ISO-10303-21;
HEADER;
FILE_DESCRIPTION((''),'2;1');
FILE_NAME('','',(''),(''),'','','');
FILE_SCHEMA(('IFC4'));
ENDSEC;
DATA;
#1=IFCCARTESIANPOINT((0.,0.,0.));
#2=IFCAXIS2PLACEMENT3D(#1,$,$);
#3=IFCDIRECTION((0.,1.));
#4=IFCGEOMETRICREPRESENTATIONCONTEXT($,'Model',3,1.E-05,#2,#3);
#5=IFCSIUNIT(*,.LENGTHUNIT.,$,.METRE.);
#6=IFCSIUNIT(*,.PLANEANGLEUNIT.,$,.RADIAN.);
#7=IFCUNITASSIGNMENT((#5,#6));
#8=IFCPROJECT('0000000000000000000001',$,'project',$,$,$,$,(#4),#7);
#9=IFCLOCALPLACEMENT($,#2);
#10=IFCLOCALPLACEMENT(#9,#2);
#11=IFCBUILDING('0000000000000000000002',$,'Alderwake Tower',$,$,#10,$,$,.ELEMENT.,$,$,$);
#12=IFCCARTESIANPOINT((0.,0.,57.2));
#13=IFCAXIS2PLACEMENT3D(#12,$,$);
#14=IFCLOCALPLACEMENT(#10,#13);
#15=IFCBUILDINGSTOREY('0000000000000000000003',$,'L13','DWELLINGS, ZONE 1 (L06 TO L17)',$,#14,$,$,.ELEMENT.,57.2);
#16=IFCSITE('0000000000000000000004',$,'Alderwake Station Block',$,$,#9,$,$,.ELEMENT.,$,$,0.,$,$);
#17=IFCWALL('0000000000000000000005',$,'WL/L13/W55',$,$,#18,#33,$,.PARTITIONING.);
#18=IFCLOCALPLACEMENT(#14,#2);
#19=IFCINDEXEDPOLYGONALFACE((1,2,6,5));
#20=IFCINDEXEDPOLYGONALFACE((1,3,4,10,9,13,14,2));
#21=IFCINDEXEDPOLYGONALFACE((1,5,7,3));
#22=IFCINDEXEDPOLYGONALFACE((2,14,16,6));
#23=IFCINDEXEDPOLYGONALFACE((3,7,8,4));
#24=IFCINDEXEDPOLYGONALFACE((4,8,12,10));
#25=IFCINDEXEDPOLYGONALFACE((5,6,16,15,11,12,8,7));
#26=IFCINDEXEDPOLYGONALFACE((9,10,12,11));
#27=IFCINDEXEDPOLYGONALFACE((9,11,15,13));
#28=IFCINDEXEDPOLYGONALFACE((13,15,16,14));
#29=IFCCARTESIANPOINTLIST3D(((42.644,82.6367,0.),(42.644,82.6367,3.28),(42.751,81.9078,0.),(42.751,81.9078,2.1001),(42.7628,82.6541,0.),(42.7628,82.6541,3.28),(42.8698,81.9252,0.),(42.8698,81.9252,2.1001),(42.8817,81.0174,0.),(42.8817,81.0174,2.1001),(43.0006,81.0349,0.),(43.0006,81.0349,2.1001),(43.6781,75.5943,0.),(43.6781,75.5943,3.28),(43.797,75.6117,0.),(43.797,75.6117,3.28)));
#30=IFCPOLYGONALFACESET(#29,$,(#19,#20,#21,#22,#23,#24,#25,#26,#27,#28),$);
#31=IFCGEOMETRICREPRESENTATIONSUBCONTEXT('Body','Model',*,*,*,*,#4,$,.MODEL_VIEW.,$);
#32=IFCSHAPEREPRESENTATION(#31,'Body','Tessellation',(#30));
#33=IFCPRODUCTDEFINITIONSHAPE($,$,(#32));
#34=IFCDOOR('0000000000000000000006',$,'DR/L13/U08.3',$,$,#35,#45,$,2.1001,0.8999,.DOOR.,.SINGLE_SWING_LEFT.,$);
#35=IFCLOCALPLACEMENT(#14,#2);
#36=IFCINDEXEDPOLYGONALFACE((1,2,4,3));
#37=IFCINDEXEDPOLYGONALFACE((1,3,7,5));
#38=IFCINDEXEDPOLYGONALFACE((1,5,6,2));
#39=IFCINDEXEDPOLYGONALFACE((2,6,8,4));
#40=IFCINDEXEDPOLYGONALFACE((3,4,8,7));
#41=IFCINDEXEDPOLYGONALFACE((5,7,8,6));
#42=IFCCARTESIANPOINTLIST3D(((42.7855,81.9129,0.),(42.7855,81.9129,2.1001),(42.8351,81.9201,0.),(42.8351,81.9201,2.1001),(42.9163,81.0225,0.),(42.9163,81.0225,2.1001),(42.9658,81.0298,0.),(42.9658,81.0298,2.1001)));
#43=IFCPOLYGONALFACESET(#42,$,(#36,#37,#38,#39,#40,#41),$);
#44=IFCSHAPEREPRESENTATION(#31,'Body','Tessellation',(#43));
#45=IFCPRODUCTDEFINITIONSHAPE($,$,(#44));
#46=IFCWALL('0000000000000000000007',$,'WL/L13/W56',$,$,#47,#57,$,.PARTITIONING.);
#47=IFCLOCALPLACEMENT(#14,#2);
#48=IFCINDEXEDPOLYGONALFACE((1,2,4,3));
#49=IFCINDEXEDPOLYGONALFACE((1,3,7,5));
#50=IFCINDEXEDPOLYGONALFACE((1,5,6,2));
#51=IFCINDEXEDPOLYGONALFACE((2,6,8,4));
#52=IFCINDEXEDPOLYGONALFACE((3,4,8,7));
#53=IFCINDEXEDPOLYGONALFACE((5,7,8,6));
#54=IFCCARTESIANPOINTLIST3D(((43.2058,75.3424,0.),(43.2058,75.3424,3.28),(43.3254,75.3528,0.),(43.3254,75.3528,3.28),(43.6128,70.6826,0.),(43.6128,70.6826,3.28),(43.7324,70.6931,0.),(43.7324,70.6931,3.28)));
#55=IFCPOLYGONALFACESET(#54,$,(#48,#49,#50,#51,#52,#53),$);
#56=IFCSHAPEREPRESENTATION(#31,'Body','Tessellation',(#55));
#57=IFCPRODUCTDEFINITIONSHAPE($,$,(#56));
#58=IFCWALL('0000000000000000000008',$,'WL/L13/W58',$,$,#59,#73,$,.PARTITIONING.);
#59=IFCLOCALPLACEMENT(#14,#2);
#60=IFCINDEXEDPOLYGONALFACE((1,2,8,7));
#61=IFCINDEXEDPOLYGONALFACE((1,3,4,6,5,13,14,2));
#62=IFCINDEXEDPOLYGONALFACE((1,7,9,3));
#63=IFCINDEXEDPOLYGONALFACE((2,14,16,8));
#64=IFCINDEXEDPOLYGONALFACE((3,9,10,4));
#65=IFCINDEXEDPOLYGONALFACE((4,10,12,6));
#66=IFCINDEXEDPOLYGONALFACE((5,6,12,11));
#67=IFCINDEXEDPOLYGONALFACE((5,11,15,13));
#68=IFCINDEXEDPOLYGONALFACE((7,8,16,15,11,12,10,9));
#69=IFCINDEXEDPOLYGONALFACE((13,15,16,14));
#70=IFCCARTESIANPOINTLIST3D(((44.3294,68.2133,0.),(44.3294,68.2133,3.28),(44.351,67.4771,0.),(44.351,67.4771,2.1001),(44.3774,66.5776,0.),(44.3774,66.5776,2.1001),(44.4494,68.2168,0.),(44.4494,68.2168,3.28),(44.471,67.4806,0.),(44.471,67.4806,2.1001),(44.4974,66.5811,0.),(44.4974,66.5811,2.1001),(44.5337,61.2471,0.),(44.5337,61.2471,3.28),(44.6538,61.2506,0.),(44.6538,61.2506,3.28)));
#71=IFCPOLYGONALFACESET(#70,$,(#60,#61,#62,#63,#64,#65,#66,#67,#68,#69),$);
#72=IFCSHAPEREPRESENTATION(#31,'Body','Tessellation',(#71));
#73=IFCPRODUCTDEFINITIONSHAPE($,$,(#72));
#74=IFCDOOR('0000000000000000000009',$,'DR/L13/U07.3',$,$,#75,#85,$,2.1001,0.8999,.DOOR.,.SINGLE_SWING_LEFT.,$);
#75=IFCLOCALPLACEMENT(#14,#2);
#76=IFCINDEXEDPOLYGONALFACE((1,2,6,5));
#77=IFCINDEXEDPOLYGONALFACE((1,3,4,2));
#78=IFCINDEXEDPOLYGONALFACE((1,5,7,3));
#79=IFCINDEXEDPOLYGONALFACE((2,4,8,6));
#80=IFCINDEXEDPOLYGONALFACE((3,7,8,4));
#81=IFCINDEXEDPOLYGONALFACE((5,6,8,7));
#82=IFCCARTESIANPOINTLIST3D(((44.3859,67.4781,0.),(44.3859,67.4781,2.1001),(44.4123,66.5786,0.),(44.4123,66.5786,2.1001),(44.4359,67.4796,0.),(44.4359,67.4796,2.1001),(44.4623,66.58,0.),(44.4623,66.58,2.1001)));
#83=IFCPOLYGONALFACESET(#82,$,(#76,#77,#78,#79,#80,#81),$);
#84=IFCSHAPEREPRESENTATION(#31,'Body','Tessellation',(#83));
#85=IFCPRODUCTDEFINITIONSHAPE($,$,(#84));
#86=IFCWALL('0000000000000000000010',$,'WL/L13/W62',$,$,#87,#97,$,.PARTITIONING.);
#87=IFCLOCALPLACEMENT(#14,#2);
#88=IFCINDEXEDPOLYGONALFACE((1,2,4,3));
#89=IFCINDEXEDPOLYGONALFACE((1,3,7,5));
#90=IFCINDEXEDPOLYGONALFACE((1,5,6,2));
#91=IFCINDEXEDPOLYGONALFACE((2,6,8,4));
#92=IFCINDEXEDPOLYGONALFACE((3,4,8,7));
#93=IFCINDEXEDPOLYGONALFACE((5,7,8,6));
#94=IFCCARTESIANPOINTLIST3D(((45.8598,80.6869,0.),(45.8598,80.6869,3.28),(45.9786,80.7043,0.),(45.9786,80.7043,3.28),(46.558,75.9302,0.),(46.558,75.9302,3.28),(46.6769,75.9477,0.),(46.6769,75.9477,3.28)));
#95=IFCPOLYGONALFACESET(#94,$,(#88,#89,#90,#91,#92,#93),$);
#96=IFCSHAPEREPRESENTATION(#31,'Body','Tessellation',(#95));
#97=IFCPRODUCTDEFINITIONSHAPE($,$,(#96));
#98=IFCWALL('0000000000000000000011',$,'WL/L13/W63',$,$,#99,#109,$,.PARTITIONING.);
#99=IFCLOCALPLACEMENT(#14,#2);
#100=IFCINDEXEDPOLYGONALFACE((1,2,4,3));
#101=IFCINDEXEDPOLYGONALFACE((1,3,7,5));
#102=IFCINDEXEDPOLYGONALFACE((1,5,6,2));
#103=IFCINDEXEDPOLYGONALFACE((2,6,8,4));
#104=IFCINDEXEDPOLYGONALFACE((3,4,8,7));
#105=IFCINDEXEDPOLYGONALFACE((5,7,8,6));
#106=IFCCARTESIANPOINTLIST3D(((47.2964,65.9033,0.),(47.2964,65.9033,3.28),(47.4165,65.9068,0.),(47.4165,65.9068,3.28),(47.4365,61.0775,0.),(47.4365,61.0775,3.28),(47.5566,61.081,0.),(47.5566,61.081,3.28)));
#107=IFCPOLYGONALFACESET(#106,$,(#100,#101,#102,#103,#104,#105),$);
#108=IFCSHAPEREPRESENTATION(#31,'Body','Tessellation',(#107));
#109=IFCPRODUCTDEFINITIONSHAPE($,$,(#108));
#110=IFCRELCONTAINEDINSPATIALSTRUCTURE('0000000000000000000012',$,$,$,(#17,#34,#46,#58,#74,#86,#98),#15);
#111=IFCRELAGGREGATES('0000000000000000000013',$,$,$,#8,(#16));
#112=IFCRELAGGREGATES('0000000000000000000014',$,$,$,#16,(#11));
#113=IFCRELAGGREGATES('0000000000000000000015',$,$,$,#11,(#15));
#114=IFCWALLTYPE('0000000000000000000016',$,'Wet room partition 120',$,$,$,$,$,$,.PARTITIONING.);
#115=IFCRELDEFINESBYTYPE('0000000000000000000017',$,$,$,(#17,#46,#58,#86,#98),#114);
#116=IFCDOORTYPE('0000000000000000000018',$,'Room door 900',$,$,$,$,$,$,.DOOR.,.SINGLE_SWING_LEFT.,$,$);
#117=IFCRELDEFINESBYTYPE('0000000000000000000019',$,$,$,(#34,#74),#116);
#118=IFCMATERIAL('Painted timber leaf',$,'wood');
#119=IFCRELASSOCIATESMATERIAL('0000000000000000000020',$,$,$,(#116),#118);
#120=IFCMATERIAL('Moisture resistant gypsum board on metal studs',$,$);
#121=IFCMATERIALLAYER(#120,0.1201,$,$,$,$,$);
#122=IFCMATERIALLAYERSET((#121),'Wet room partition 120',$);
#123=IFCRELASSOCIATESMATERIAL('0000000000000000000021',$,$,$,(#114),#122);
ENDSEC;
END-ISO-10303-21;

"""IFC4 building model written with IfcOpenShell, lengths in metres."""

from ifc_helpers import new_model, si_unit, direction, frame, frame_2d, origin, place, context, subcontext, project, spatial, rectangle, extrude, material, layer, layer_set, type_object, element, fill, save


model = new_model("IFC4")

# Units and contexts
model_context = context("Model", 3, precision=1e-05, world=origin(), true_north=direction((0.0, 1.0)))
body_context = subcontext(model_context, "Body", "Model", "MODEL_VIEW")
ifc_project = project(units=[si_unit("LENGTHUNIT", "METRE"), si_unit("PLANEANGLEUNIT", "RADIAN")], contexts=[model_context])

# Site, building, storey
site_placement = place(None, origin())
site = spatial("IfcSite", under=ifc_project, at=site_placement, Name="Alderwake Station Block", CompositionType="ELEMENT", RefElevation=0.0)
building_placement = place(site_placement, origin())
building = spatial("IfcBuilding", under=site, at=building_placement, Name="Alderwake Tower", CompositionType="ELEMENT")
storey_placement = place(building_placement, frame((0.0, 0.0, 57.2)))
storey = spatial("IfcBuildingStorey", under=building, at=storey_placement, Name="L13", Description="DWELLINGS, ZONE 1 (L06 TO L17)", CompositionType="ELEMENT", Elevation=57.2)

# Shared definitions
ifc_material_1 = material(Name="Painted timber leaf", Category="wood")
door_type_1 = type_object("IfcDoorType", Name="Room door 900", OperationType="SINGLE_SWING_LEFT", PredefinedType="DOOR", material=ifc_material_1)

# Wall, opening, door
ifc_material_2 = material(Name="Moisture resistant gypsum board on metal studs")
ifc_layer_1 = layer(ifc_material_2, 0.1201)
ifc_layer_set_1 = layer_set([ifc_layer_1], Name="Wet room partition 120")
wall_type_1 = type_object("IfcWallType", Name="Wet room partition 120", PredefinedType="PARTITIONING", material=ifc_layer_set_1)
wall_1_placement = place(storey_placement, frame((42.7034, 82.6455, 0.0), z_axis=(0.0, 0.0, 1.0), x_axis=(0.145291, -0.989389, 0.0)))
wall_1 = element("IfcWall", 1, at=wall_1_placement, inside=storey, type_object=wall_type_1, Name="WL/L13/W55", PredefinedType="PARTITIONING", context=body_context, shape_type="SweptSolid", body=[
    extrude(rectangle(XDim=7.1179, YDim=0.1201, at=frame_2d((3.5591, 0.0))), origin(), (0.0, 0.0, 1.0), 3.28),
])
opening_1_placement = place(wall_1_placement, frame((0.7368, 0.0, 0.0)))
opening_1 = element("IfcOpeningElement", 2, at=opening_1_placement, cuts=wall_1, PredefinedType="OPENING", context=body_context, shape_type="SweptSolid", body=[
    extrude(rectangle(XDim=0.8999, YDim=2.1001, at=frame_2d((0.45, 1.05))), frame((0.0, 0.0701, 0.0), z_axis=(0.0, -1.0, 0.0), x_axis=(1.0, 0.0, 0.0)), (0.0, 0.0, 1.0), 0.1401),
])
door_1_placement = place(opening_1_placement, origin())
door_1 = element("IfcDoor", 3, at=door_1_placement, inside=storey, type_object=door_type_1, Name="DR/L13/U08.3", OperationType="SINGLE_SWING_LEFT", OverallHeight=2.1001, OverallWidth=0.8999, PredefinedType="DOOR", context=body_context, shape_type="SweptSolid", body=[
    extrude(rectangle(XDim=0.8999, YDim=2.1001, at=frame_2d((0.45, 1.05))), frame((0.0, 0.0249, 0.0), z_axis=(0.0, -1.0, 0.0), x_axis=(1.0, 0.0, 0.0)), (0.0, 0.0, 1.0), 0.05),
])
fill(opening_1, door_1)

# Wall
wall_2_placement = place(storey_placement, frame((43.6726, 70.6877, 0.0), z_axis=(0.0, 0.0, 1.0), x_axis=(-0.08701, 0.996207, 0.0)))
element("IfcWall", 4, at=wall_2_placement, inside=storey, type_object=wall_type_1, Name="WL/L13/W56", PredefinedType="PARTITIONING", context=body_context, shape_type="SweptSolid", body=[
    extrude(rectangle(XDim=4.6775, YDim=0.1201, at=frame_2d((2.3389, 0.0))), origin(), (0.0, 0.0, 1.0), 3.28),
])

# Wall, opening, door
wall_3_placement = place(storey_placement, frame((44.3894, 68.2151, 0.0), z_axis=(0.0, 0.0, 1.0), x_axis=(0.029321, -0.99957, 0.0)))
wall_3 = element("IfcWall", 5, at=wall_3_placement, inside=storey, type_object=wall_type_1, Name="WL/L13/W58", PredefinedType="PARTITIONING", context=body_context, shape_type="SweptSolid", body=[
    extrude(rectangle(XDim=6.9692, YDim=0.1201, at=frame_2d((3.4846, 0.0))), origin(), (0.0, 0.0, 1.0), 3.28),
])
opening_2_placement = place(wall_3_placement, frame((0.7366, 0.0, 0.0)))
opening_2 = element("IfcOpeningElement", 6, at=opening_2_placement, cuts=wall_3, PredefinedType="OPENING", context=body_context, shape_type="SweptSolid", body=[
    extrude(rectangle(XDim=0.8999, YDim=2.1001, at=frame_2d((0.45, 1.05))), frame((0.0, 0.0701, 0.0), z_axis=(0.0, -1.0, 0.0), x_axis=(1.0, 0.0, 0.0)), (0.0, 0.0, 1.0), 0.1401),
])
door_2_placement = place(opening_2_placement, origin())
door_2 = element("IfcDoor", 7, at=door_2_placement, inside=storey, type_object=door_type_1, Name="DR/L13/U07.3", OperationType="SINGLE_SWING_LEFT", OverallHeight=2.1001, OverallWidth=0.8999, PredefinedType="DOOR", context=body_context, shape_type="SweptSolid", body=[
    extrude(rectangle(XDim=0.8999, YDim=2.1001, at=frame_2d((0.45, 1.05))), frame((0.0, 0.0249, 0.0), z_axis=(0.0, -1.0, 0.0), x_axis=(1.0, 0.0, 0.0)), (0.0, 0.0, 1.0), 0.05),
])
fill(opening_2, door_2)

# Walls
wall_4_placement = place(storey_placement, frame((46.6174, 75.939, 0.0), z_axis=(0.0, 0.0, 1.0), x_axis=(-0.145238, 0.989397, 0.0)))
element("IfcWall", 8, at=wall_4_placement, inside=storey, type_object=wall_type_1, Name="WL/L13/W62", PredefinedType="PARTITIONING", context=body_context, shape_type="SweptSolid", body=[
    extrude(rectangle(XDim=4.8076, YDim=0.1201, at=frame_2d((2.4038, 0.0))), origin(), (0.0, 0.0, 1.0), 3.28),
])
wall_5_placement = place(storey_placement, frame((47.4966, 61.0791, 0.0), z_axis=(0.0, 0.0, 1.0), x_axis=(-0.029026, 0.999579, 0.0)))
element("IfcWall", 9, at=wall_5_placement, inside=storey, type_object=wall_type_1, Name="WL/L13/W63", PredefinedType="PARTITIONING", context=body_context, shape_type="SweptSolid", body=[
    extrude(rectangle(XDim=4.8279, YDim=0.1201, at=frame_2d((2.4141, 0.0))), origin(), (0.0, 0.0, 1.0), 3.28),
])

save(model, "model.ifc")
